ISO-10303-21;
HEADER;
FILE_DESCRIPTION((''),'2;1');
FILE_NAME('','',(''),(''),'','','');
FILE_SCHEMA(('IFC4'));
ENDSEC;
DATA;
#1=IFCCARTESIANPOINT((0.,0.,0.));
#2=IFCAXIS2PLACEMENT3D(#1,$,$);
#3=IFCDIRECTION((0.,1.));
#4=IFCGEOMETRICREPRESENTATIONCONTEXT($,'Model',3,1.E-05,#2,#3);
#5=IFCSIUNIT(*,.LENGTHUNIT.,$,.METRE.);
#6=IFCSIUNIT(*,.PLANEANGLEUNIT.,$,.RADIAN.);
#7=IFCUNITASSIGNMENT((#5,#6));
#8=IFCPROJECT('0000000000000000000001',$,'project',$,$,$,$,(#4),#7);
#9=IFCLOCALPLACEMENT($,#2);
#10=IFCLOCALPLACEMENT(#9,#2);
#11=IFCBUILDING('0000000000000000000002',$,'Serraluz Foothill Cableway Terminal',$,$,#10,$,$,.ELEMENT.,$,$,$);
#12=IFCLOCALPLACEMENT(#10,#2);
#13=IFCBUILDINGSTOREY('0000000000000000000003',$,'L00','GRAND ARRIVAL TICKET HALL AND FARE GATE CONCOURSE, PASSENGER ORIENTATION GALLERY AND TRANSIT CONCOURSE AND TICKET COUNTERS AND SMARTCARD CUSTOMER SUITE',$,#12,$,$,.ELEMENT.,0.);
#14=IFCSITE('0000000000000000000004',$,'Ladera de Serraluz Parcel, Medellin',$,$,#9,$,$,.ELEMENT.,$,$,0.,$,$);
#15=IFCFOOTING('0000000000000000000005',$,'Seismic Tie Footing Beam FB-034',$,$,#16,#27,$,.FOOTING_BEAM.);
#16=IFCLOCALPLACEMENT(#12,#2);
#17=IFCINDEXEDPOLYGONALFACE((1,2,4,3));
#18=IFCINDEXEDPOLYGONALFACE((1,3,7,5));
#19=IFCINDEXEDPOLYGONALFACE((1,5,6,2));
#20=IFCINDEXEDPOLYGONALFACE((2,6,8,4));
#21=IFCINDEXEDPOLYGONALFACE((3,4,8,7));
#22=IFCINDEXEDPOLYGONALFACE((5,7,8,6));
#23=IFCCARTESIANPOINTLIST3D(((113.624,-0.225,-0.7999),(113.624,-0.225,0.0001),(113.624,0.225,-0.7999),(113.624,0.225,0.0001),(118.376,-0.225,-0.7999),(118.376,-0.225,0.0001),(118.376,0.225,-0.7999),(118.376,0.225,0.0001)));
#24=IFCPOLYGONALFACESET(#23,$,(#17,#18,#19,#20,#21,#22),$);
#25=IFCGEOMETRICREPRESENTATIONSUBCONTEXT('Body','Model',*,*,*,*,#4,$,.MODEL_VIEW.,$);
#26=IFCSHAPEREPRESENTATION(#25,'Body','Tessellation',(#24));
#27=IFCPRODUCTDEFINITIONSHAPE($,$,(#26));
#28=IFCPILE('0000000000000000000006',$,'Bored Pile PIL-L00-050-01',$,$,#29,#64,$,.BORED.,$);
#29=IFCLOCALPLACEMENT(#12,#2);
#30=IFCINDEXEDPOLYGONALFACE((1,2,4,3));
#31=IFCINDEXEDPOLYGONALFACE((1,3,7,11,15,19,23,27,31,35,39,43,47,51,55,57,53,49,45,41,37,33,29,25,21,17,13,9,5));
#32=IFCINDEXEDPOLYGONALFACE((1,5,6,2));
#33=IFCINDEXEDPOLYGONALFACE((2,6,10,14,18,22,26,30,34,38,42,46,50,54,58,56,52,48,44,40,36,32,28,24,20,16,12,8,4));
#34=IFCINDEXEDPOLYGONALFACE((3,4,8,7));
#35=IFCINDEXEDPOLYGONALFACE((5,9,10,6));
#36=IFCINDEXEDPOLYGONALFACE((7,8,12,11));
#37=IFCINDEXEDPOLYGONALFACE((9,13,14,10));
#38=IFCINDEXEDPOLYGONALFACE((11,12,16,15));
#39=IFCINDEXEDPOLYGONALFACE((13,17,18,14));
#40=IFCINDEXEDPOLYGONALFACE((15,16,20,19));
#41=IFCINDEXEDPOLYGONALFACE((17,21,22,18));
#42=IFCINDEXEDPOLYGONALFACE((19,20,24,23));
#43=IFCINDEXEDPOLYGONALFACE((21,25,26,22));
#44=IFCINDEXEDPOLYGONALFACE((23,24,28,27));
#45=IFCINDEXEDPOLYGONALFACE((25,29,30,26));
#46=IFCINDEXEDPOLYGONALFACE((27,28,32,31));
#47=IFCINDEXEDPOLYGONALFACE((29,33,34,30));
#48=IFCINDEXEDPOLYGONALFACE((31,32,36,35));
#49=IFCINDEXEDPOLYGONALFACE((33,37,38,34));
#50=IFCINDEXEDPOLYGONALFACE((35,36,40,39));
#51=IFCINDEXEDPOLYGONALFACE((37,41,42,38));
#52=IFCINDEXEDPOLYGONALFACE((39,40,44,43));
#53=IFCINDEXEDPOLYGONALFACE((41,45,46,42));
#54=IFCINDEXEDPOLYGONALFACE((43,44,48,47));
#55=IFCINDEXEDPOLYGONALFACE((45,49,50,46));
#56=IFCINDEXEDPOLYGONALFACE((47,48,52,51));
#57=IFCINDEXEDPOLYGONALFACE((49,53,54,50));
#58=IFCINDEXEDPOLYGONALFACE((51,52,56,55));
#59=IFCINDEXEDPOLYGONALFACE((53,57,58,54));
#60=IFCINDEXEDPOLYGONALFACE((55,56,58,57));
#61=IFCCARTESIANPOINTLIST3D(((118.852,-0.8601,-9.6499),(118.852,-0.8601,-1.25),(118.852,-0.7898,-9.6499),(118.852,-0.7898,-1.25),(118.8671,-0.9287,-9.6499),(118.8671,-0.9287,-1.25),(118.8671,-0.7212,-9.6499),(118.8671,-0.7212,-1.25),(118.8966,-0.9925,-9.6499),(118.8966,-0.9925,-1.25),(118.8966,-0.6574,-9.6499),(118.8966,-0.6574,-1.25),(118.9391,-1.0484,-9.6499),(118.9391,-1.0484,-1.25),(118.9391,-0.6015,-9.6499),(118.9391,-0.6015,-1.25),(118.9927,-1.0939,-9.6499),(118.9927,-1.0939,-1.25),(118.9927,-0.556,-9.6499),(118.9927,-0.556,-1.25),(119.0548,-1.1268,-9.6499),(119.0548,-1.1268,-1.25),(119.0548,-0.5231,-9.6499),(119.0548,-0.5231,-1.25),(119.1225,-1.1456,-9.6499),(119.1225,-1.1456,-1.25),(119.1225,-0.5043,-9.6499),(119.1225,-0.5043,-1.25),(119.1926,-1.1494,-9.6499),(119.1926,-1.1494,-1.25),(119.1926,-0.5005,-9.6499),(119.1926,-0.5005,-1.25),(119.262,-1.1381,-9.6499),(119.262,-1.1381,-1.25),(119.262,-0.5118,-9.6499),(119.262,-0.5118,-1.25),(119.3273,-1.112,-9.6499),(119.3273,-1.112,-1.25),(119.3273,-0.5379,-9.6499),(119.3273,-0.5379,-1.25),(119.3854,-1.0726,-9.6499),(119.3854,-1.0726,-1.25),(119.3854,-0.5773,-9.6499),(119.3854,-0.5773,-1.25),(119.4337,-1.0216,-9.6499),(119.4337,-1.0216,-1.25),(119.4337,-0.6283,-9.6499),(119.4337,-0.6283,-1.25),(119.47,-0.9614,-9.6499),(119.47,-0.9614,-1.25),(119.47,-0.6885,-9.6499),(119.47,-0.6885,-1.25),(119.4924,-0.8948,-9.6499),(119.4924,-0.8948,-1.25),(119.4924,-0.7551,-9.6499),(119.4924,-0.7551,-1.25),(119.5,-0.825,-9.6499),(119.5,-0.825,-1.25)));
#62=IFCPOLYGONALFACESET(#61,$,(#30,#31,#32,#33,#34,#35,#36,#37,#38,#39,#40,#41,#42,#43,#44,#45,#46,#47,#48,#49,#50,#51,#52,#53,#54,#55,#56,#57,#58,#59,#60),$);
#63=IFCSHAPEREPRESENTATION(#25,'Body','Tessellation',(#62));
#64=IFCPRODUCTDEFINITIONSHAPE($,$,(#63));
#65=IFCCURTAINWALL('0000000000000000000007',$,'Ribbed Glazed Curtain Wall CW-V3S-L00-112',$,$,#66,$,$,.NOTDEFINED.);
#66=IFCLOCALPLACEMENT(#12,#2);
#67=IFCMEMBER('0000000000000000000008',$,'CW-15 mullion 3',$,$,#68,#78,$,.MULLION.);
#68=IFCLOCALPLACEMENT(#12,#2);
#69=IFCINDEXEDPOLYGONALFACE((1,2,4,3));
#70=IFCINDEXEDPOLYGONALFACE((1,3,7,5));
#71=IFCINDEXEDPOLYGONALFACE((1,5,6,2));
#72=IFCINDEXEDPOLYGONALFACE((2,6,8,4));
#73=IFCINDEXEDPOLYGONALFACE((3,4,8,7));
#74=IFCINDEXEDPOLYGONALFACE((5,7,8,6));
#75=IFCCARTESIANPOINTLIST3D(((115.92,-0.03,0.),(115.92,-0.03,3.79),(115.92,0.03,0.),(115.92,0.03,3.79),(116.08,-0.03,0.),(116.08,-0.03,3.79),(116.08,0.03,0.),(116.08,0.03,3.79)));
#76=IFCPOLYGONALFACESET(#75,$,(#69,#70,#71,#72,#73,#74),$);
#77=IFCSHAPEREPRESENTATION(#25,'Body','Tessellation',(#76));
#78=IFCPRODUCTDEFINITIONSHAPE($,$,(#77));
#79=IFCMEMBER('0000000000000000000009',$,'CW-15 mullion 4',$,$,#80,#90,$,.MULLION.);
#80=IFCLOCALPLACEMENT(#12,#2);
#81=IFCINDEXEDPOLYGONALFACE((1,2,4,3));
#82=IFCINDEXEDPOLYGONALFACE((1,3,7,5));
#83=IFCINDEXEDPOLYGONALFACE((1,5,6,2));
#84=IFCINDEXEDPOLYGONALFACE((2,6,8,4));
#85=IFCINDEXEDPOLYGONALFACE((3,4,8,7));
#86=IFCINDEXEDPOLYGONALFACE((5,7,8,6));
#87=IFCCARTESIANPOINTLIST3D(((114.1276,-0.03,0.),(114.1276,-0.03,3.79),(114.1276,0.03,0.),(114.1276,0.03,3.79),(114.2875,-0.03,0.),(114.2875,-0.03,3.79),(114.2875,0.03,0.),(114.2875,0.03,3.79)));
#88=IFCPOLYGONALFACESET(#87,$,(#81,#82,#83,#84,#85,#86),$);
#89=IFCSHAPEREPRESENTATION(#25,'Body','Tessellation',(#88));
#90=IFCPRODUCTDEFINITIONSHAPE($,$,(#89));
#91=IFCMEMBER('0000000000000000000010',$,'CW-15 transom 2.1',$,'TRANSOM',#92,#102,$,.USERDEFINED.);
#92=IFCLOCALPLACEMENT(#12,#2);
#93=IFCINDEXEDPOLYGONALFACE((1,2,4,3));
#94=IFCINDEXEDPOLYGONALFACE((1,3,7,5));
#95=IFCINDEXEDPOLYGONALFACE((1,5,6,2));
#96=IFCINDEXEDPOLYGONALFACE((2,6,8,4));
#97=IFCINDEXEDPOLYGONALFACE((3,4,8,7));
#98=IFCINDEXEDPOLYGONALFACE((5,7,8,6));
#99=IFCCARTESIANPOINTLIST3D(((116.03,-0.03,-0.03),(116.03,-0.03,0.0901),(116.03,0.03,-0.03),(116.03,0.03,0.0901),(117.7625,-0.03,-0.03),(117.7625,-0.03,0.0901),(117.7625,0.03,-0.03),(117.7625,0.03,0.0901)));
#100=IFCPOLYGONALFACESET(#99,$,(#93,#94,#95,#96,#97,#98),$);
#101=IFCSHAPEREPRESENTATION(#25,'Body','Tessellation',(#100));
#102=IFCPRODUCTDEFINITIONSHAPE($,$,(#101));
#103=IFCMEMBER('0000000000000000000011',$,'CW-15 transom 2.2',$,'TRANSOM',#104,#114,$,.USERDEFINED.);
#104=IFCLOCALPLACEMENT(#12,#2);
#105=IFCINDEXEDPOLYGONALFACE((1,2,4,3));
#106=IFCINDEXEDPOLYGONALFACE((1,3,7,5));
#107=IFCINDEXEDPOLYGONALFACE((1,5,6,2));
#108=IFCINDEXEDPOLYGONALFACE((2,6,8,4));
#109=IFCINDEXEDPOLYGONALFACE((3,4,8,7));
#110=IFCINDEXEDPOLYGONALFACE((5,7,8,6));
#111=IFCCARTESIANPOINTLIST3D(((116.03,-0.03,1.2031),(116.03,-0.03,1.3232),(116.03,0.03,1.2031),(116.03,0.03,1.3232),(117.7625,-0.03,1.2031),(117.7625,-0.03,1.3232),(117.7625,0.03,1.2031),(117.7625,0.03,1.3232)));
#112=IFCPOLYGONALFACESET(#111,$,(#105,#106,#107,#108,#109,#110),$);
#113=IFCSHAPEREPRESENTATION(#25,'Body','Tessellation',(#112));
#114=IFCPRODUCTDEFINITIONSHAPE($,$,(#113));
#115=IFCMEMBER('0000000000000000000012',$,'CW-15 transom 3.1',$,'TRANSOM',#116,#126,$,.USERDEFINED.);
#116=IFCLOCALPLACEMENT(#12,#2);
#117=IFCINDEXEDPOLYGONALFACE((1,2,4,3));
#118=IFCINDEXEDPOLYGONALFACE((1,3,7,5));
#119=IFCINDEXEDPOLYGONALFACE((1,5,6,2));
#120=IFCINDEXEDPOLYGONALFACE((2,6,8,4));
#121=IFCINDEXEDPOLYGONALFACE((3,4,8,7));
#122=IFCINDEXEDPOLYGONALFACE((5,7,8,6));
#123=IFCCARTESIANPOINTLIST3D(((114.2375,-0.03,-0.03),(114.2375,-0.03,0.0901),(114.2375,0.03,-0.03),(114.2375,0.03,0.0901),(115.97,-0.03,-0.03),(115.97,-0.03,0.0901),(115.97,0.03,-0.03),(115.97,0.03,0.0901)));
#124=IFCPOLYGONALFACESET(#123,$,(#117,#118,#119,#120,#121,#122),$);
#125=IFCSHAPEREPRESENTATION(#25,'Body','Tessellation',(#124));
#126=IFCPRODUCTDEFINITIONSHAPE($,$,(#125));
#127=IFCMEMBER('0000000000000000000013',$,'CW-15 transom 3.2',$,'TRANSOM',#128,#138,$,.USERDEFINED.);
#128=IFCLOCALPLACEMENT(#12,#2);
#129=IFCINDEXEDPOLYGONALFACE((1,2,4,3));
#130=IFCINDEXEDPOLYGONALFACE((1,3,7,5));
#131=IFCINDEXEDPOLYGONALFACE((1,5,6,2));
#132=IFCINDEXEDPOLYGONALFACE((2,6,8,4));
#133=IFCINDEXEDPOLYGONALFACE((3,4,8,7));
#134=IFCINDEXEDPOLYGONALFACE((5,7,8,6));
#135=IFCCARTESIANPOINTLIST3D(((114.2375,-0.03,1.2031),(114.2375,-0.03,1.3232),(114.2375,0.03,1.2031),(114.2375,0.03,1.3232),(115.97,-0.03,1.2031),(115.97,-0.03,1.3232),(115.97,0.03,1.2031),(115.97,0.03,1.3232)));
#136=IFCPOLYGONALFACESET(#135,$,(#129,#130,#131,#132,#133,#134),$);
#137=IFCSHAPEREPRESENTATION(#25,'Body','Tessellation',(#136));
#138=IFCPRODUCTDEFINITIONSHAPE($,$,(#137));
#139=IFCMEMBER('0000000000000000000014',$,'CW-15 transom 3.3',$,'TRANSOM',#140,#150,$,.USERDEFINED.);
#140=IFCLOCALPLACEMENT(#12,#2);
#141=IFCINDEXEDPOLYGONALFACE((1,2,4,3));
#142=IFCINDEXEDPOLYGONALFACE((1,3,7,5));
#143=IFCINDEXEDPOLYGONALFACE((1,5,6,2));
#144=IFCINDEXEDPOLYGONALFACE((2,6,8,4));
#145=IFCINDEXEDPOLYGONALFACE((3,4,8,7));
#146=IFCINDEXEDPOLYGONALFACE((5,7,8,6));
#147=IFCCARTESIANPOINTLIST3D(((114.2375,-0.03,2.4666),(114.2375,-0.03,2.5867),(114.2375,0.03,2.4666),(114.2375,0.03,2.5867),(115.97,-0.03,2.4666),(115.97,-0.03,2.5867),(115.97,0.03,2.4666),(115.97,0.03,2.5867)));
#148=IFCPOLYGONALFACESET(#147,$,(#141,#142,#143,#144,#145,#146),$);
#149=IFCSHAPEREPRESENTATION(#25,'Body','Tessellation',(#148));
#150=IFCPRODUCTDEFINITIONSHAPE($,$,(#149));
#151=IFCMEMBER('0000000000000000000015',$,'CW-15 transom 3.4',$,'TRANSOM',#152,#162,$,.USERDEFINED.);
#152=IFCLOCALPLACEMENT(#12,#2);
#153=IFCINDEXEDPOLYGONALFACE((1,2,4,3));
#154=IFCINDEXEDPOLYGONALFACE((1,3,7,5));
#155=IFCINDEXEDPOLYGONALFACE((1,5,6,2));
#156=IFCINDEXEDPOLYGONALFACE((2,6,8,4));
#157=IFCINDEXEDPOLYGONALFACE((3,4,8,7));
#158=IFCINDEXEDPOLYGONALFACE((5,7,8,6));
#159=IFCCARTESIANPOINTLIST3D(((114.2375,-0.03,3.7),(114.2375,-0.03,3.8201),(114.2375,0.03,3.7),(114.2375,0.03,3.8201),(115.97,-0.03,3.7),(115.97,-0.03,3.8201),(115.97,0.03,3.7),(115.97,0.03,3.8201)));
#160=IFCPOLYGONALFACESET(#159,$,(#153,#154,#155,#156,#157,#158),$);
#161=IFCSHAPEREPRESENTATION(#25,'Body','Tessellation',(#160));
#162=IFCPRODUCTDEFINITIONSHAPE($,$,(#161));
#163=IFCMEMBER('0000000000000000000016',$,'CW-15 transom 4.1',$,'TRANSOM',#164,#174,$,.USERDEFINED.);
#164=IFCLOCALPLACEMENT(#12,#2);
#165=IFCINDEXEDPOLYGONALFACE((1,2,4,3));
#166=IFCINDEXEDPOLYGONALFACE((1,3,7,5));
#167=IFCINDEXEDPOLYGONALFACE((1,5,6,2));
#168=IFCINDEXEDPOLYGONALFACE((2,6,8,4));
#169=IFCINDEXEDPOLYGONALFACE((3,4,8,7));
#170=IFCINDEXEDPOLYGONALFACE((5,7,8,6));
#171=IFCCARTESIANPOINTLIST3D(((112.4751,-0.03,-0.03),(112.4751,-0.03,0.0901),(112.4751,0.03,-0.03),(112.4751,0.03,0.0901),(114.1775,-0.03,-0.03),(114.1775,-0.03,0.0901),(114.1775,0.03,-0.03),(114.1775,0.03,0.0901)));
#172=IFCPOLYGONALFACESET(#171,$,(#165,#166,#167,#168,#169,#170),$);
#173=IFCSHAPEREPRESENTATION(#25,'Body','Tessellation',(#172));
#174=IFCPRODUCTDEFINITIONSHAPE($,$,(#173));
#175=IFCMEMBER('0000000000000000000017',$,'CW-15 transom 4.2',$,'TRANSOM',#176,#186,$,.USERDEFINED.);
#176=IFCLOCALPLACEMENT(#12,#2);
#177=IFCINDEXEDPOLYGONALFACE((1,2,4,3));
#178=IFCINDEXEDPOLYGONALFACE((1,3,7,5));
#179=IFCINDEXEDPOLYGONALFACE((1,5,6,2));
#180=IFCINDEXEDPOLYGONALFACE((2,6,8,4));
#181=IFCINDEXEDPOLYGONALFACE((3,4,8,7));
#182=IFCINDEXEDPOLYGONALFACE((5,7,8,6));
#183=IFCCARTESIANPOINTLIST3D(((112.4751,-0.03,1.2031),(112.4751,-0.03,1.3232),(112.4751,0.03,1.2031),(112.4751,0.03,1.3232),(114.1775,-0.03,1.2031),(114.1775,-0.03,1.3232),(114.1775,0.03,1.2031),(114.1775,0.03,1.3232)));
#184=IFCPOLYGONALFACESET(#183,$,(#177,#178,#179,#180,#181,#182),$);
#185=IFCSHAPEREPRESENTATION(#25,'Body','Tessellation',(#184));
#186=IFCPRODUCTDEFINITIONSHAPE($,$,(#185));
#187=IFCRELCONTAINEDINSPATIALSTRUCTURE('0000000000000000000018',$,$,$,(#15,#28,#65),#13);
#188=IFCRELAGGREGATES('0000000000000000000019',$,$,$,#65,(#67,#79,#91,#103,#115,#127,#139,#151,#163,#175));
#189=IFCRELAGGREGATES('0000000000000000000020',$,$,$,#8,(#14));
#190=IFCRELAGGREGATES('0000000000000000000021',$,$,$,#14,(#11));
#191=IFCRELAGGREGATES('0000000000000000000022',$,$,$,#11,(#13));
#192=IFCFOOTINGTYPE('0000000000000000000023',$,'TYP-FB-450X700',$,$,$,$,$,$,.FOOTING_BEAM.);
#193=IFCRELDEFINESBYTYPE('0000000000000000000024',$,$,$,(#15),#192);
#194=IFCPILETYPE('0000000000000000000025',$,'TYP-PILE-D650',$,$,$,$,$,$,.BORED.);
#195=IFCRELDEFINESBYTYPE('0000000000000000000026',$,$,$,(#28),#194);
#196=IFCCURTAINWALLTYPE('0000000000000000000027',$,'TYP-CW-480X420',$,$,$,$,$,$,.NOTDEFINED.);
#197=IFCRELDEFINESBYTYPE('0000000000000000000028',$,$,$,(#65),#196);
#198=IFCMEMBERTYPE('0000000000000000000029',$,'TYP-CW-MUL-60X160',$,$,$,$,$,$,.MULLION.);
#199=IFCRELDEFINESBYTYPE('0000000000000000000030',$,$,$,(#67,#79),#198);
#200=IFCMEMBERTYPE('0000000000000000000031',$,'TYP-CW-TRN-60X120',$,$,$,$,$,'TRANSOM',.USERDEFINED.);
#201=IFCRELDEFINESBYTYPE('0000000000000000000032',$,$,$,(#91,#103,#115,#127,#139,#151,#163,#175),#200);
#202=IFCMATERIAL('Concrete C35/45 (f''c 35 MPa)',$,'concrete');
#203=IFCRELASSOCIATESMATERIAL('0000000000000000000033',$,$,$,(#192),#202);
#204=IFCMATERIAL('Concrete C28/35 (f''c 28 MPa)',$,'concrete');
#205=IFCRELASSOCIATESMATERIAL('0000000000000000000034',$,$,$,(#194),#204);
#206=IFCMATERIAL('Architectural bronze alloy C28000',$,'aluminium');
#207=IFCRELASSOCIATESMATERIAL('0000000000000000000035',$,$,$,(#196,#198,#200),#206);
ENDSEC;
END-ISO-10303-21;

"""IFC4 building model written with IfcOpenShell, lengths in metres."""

from ifc_helpers import new_model, si_unit, direction, frame, origin, origin_2d, place, context, subcontext, project, spatial, rectangle, circle, extrude, material, material_profile, profile_set, type_object, element, aggregate, save


model = new_model("IFC4")

# Units and contexts
model_context = context("Model", 3, precision=1e-05, world=origin(), true_north=direction((0.0, 1.0)))
body_context = subcontext(model_context, "Body", "Model", "MODEL_VIEW")
ifc_project = project(units=[si_unit("LENGTHUNIT", "METRE"), si_unit("PLANEANGLEUNIT", "RADIAN")], contexts=[model_context])

# Site, building, storey
site_placement = place(None, origin())
site = spatial("IfcSite", under=ifc_project, at=site_placement, Name="Ladera de Serraluz Parcel, Medellin", CompositionType="ELEMENT", RefElevation=0.0)
building_placement = place(site_placement, origin())
building = spatial("IfcBuilding", under=site, at=building_placement, Name="Serraluz Foothill Cableway Terminal", CompositionType="ELEMENT")
storey_placement = place(building_placement, origin())
storey = spatial("IfcBuildingStorey", under=building, at=storey_placement, Name="L00", Description="GRAND ARRIVAL TICKET HALL AND FARE GATE CONCOURSE, PASSENGER ORIENTATION GALLERY AND TRANSIT CONCOURSE AND TICKET COUNTERS AND SMARTCARD CUSTOMER SUITE", CompositionType="ELEMENT", Elevation=0.0)

# Footing
ifc_material_1 = material(Name="Concrete C35/45 (f'c 35 MPa)", Category="concrete")
ifc_material_profile_1 = material_profile(ifc_material_1, rectangle(XDim=0.45, YDim=0.8, at=origin_2d()), Name="RC 450x800")
ifc_profile_set_1 = profile_set([ifc_material_profile_1], Name="Concrete C35/45 (f'c 35 MPa)")
footing_type = type_object("IfcFootingType", Name="TYP-FB-450X700", PredefinedType="FOOTING_BEAM", material=ifc_profile_set_1)
footing_placement = place(storey_placement, frame((113.624, 0.0, -0.3999), z_axis=(1.0, 0.0, 0.0), x_axis=(0.0, 1.0, 0.0)))
element("IfcFooting", 1, at=footing_placement, inside=storey, type_object=footing_type, Name="Seismic Tie Footing Beam FB-034", PredefinedType="FOOTING_BEAM", context=body_context, shape_type="SweptSolid", body=[
    extrude(rectangle(XDim=0.45, YDim=0.8, at=origin_2d()), origin(), (0.0, 0.0, 1.0), 4.752),
])

# Pile
ifc_material_2 = material(Name="Concrete C28/35 (f'c 28 MPa)", Category="concrete")
ifc_material_profile_2 = material_profile(ifc_material_2, circle(Radius=0.325, at=origin_2d()), Name="BORED PILE D650")
ifc_profile_set_2 = profile_set([ifc_material_profile_2], Name="Concrete C28/35 (f'c 28 MPa)")
pile_type = type_object("IfcPileType", Name="TYP-PILE-D650", PredefinedType="BORED", material=ifc_profile_set_2)
pile_placement = place(storey_placement, frame((119.175, -0.825, -1.25), z_axis=(0.0, 0.0, -1.0), x_axis=(1.0, 0.0, 0.0)))
element("IfcPile", 2, at=pile_placement, inside=storey, type_object=pile_type, Name="Bored Pile PIL-L00-050-01", PredefinedType="BORED", context=body_context, shape_type="SweptSolid", body=[
    extrude(circle(Radius=0.325, at=origin_2d()), origin(), (0.0, 0.0, 1.0), 8.3999),
])

# Curtain wall, members
ifc_material_3 = material(Name="Architectural bronze alloy C28000", Category="aluminium")
curtain_wall_type = type_object("IfcCurtainWallType", Name="TYP-CW-480X420", PredefinedType="NOTDEFINED", material=ifc_material_3)
curtain_wall_placement = place(storey_placement, origin())
curtain_wall = element("IfcCurtainWall", 3, at=curtain_wall_placement, inside=storey, type_object=curtain_wall_type, Name="Ribbed Glazed Curtain Wall CW-V3S-L00-112", PredefinedType="NOTDEFINED")
ifc_material_profile_3 = material_profile(ifc_material_3, rectangle(XDim=0.0601, YDim=0.1599, at=origin_2d()), Name="ALU MULLION 60x160")
ifc_profile_set_3 = profile_set([ifc_material_profile_3], Name="Architectural bronze alloy C28000")
member_type_1 = type_object("IfcMemberType", Name="TYP-CW-MUL-60X160", PredefinedType="MULLION", material=ifc_profile_set_3)
member_1_placement = place(storey_placement, frame((116.0, 0.0, 0.0), z_axis=(0.0, 0.0, 1.0), x_axis=(0.0, -1.0, 0.0)))
member_1 = element("IfcMember", 4, at=member_1_placement, type_object=member_type_1, Name="CW-15 mullion 3", PredefinedType="MULLION", context=body_context, shape_type="SweptSolid", body=[
    extrude(rectangle(XDim=0.0601, YDim=0.1599, at=origin_2d()), origin(), (0.0, 0.0, 1.0), 3.79),
])
member_2_placement = place(storey_placement, frame((114.2075, 0.0, 0.0), z_axis=(0.0, 0.0, 1.0), x_axis=(0.0, -1.0, 0.0)))
member_2 = element("IfcMember", 5, at=member_2_placement, type_object=member_type_1, Name="CW-15 mullion 4", PredefinedType="MULLION", context=body_context, shape_type="SweptSolid", body=[
    extrude(rectangle(XDim=0.0601, YDim=0.1599, at=origin_2d()), origin(), (0.0, 0.0, 1.0), 3.79),
])
ifc_material_profile_4 = material_profile(ifc_material_3, rectangle(XDim=0.0601, YDim=0.1201, at=origin_2d()), Name="ALU TRANSOM 60x120")
ifc_profile_set_4 = profile_set([ifc_material_profile_4], Name="Architectural bronze alloy C28000")
member_type_2 = type_object("IfcMemberType", Name="TYP-CW-TRN-60X120", ElementType="TRANSOM", PredefinedType="USERDEFINED", material=ifc_profile_set_4)
member_3_placement = place(storey_placement, frame((117.7625, 0.0, 0.03), z_axis=(-1.0, 0.0, 0.0), x_axis=(0.0, -1.0, 0.0)))
member_3 = element("IfcMember", 6, at=member_3_placement, type_object=member_type_2, Name="CW-15 transom 2.1", ObjectType="TRANSOM", PredefinedType="USERDEFINED", context=body_context, shape_type="SweptSolid", body=[
    extrude(rectangle(XDim=0.0601, YDim=0.1201, at=origin_2d()), origin(), (0.0, 0.0, 1.0), 1.7324),
])
member_4_placement = place(storey_placement, frame((117.7625, 0.0, 1.2632), z_axis=(-1.0, 0.0, 0.0), x_axis=(0.0, -1.0, 0.0)))
member_4 = element("IfcMember", 7, at=member_4_placement, type_object=member_type_2, Name="CW-15 transom 2.2", ObjectType="TRANSOM", PredefinedType="USERDEFINED", context=body_context, shape_type="SweptSolid", body=[
    extrude(rectangle(XDim=0.0601, YDim=0.1201, at=origin_2d()), origin(), (0.0, 0.0, 1.0), 1.7324),
])
member_5_placement = place(storey_placement, frame((115.97, 0.0, 0.03), z_axis=(-1.0, 0.0, 0.0), x_axis=(0.0, -1.0, 0.0)))
member_5 = element("IfcMember", 8, at=member_5_placement, type_object=member_type_2, Name="CW-15 transom 3.1", ObjectType="TRANSOM", PredefinedType="USERDEFINED", context=body_context, shape_type="SweptSolid", body=[
    extrude(rectangle(XDim=0.0601, YDim=0.1201, at=origin_2d()), origin(), (0.0, 0.0, 1.0), 1.7324),
])
member_6_placement = place(storey_placement, frame((115.97, 0.0, 1.2632), z_axis=(-1.0, 0.0, 0.0), x_axis=(0.0, -1.0, 0.0)))
member_6 = element("IfcMember", 9, at=member_6_placement, type_object=member_type_2, Name="CW-15 transom 3.2", ObjectType="TRANSOM", PredefinedType="USERDEFINED", context=body_context, shape_type="SweptSolid", body=[
    extrude(rectangle(XDim=0.0601, YDim=0.1201, at=origin_2d()), origin(), (0.0, 0.0, 1.0), 1.7324),
])
member_7_placement = place(storey_placement, frame((115.97, 0.0, 2.5266), z_axis=(-1.0, 0.0, 0.0), x_axis=(0.0, -1.0, 0.0)))
member_7 = element("IfcMember", 10, at=member_7_placement, type_object=member_type_2, Name="CW-15 transom 3.3", ObjectType="TRANSOM", PredefinedType="USERDEFINED", context=body_context, shape_type="SweptSolid", body=[
    extrude(rectangle(XDim=0.0601, YDim=0.1201, at=origin_2d()), origin(), (0.0, 0.0, 1.0), 1.7324),
])
member_8_placement = place(storey_placement, frame((115.97, 0.0, 3.76), z_axis=(-1.0, 0.0, 0.0), x_axis=(0.0, -1.0, 0.0)))
member_8 = element("IfcMember", 11, at=member_8_placement, type_object=member_type_2, Name="CW-15 transom 3.4", ObjectType="TRANSOM", PredefinedType="USERDEFINED", context=body_context, shape_type="SweptSolid", body=[
    extrude(rectangle(XDim=0.0601, YDim=0.1201, at=origin_2d()), origin(), (0.0, 0.0, 1.0), 1.7324),
])
member_9_placement = place(storey_placement, frame((114.1775, 0.0, 0.03), z_axis=(-1.0, 0.0, 0.0), x_axis=(0.0, -1.0, 0.0)))
member_9 = element("IfcMember", 12, at=member_9_placement, type_object=member_type_2, Name="CW-15 transom 4.1", ObjectType="TRANSOM", PredefinedType="USERDEFINED", context=body_context, shape_type="SweptSolid", body=[
    extrude(rectangle(XDim=0.0601, YDim=0.1201, at=origin_2d()), origin(), (0.0, 0.0, 1.0), 1.7024),
])
member_10_placement = place(storey_placement, frame((114.1775, 0.0, 1.2632), z_axis=(-1.0, 0.0, 0.0), x_axis=(0.0, -1.0, 0.0)))
member_10 = element("IfcMember", 13, at=member_10_placement, type_object=member_type_2, Name="CW-15 transom 4.2", ObjectType="TRANSOM", PredefinedType="USERDEFINED", context=body_context, shape_type="SweptSolid", body=[
    extrude(rectangle(XDim=0.0601, YDim=0.1201, at=origin_2d()), origin(), (0.0, 0.0, 1.0), 1.7024),
])
aggregate(curtain_wall, [member_1, member_2, member_3, member_4, member_5, member_6, member_7, member_8, member_9, member_10])

save(model, "model.ifc")
